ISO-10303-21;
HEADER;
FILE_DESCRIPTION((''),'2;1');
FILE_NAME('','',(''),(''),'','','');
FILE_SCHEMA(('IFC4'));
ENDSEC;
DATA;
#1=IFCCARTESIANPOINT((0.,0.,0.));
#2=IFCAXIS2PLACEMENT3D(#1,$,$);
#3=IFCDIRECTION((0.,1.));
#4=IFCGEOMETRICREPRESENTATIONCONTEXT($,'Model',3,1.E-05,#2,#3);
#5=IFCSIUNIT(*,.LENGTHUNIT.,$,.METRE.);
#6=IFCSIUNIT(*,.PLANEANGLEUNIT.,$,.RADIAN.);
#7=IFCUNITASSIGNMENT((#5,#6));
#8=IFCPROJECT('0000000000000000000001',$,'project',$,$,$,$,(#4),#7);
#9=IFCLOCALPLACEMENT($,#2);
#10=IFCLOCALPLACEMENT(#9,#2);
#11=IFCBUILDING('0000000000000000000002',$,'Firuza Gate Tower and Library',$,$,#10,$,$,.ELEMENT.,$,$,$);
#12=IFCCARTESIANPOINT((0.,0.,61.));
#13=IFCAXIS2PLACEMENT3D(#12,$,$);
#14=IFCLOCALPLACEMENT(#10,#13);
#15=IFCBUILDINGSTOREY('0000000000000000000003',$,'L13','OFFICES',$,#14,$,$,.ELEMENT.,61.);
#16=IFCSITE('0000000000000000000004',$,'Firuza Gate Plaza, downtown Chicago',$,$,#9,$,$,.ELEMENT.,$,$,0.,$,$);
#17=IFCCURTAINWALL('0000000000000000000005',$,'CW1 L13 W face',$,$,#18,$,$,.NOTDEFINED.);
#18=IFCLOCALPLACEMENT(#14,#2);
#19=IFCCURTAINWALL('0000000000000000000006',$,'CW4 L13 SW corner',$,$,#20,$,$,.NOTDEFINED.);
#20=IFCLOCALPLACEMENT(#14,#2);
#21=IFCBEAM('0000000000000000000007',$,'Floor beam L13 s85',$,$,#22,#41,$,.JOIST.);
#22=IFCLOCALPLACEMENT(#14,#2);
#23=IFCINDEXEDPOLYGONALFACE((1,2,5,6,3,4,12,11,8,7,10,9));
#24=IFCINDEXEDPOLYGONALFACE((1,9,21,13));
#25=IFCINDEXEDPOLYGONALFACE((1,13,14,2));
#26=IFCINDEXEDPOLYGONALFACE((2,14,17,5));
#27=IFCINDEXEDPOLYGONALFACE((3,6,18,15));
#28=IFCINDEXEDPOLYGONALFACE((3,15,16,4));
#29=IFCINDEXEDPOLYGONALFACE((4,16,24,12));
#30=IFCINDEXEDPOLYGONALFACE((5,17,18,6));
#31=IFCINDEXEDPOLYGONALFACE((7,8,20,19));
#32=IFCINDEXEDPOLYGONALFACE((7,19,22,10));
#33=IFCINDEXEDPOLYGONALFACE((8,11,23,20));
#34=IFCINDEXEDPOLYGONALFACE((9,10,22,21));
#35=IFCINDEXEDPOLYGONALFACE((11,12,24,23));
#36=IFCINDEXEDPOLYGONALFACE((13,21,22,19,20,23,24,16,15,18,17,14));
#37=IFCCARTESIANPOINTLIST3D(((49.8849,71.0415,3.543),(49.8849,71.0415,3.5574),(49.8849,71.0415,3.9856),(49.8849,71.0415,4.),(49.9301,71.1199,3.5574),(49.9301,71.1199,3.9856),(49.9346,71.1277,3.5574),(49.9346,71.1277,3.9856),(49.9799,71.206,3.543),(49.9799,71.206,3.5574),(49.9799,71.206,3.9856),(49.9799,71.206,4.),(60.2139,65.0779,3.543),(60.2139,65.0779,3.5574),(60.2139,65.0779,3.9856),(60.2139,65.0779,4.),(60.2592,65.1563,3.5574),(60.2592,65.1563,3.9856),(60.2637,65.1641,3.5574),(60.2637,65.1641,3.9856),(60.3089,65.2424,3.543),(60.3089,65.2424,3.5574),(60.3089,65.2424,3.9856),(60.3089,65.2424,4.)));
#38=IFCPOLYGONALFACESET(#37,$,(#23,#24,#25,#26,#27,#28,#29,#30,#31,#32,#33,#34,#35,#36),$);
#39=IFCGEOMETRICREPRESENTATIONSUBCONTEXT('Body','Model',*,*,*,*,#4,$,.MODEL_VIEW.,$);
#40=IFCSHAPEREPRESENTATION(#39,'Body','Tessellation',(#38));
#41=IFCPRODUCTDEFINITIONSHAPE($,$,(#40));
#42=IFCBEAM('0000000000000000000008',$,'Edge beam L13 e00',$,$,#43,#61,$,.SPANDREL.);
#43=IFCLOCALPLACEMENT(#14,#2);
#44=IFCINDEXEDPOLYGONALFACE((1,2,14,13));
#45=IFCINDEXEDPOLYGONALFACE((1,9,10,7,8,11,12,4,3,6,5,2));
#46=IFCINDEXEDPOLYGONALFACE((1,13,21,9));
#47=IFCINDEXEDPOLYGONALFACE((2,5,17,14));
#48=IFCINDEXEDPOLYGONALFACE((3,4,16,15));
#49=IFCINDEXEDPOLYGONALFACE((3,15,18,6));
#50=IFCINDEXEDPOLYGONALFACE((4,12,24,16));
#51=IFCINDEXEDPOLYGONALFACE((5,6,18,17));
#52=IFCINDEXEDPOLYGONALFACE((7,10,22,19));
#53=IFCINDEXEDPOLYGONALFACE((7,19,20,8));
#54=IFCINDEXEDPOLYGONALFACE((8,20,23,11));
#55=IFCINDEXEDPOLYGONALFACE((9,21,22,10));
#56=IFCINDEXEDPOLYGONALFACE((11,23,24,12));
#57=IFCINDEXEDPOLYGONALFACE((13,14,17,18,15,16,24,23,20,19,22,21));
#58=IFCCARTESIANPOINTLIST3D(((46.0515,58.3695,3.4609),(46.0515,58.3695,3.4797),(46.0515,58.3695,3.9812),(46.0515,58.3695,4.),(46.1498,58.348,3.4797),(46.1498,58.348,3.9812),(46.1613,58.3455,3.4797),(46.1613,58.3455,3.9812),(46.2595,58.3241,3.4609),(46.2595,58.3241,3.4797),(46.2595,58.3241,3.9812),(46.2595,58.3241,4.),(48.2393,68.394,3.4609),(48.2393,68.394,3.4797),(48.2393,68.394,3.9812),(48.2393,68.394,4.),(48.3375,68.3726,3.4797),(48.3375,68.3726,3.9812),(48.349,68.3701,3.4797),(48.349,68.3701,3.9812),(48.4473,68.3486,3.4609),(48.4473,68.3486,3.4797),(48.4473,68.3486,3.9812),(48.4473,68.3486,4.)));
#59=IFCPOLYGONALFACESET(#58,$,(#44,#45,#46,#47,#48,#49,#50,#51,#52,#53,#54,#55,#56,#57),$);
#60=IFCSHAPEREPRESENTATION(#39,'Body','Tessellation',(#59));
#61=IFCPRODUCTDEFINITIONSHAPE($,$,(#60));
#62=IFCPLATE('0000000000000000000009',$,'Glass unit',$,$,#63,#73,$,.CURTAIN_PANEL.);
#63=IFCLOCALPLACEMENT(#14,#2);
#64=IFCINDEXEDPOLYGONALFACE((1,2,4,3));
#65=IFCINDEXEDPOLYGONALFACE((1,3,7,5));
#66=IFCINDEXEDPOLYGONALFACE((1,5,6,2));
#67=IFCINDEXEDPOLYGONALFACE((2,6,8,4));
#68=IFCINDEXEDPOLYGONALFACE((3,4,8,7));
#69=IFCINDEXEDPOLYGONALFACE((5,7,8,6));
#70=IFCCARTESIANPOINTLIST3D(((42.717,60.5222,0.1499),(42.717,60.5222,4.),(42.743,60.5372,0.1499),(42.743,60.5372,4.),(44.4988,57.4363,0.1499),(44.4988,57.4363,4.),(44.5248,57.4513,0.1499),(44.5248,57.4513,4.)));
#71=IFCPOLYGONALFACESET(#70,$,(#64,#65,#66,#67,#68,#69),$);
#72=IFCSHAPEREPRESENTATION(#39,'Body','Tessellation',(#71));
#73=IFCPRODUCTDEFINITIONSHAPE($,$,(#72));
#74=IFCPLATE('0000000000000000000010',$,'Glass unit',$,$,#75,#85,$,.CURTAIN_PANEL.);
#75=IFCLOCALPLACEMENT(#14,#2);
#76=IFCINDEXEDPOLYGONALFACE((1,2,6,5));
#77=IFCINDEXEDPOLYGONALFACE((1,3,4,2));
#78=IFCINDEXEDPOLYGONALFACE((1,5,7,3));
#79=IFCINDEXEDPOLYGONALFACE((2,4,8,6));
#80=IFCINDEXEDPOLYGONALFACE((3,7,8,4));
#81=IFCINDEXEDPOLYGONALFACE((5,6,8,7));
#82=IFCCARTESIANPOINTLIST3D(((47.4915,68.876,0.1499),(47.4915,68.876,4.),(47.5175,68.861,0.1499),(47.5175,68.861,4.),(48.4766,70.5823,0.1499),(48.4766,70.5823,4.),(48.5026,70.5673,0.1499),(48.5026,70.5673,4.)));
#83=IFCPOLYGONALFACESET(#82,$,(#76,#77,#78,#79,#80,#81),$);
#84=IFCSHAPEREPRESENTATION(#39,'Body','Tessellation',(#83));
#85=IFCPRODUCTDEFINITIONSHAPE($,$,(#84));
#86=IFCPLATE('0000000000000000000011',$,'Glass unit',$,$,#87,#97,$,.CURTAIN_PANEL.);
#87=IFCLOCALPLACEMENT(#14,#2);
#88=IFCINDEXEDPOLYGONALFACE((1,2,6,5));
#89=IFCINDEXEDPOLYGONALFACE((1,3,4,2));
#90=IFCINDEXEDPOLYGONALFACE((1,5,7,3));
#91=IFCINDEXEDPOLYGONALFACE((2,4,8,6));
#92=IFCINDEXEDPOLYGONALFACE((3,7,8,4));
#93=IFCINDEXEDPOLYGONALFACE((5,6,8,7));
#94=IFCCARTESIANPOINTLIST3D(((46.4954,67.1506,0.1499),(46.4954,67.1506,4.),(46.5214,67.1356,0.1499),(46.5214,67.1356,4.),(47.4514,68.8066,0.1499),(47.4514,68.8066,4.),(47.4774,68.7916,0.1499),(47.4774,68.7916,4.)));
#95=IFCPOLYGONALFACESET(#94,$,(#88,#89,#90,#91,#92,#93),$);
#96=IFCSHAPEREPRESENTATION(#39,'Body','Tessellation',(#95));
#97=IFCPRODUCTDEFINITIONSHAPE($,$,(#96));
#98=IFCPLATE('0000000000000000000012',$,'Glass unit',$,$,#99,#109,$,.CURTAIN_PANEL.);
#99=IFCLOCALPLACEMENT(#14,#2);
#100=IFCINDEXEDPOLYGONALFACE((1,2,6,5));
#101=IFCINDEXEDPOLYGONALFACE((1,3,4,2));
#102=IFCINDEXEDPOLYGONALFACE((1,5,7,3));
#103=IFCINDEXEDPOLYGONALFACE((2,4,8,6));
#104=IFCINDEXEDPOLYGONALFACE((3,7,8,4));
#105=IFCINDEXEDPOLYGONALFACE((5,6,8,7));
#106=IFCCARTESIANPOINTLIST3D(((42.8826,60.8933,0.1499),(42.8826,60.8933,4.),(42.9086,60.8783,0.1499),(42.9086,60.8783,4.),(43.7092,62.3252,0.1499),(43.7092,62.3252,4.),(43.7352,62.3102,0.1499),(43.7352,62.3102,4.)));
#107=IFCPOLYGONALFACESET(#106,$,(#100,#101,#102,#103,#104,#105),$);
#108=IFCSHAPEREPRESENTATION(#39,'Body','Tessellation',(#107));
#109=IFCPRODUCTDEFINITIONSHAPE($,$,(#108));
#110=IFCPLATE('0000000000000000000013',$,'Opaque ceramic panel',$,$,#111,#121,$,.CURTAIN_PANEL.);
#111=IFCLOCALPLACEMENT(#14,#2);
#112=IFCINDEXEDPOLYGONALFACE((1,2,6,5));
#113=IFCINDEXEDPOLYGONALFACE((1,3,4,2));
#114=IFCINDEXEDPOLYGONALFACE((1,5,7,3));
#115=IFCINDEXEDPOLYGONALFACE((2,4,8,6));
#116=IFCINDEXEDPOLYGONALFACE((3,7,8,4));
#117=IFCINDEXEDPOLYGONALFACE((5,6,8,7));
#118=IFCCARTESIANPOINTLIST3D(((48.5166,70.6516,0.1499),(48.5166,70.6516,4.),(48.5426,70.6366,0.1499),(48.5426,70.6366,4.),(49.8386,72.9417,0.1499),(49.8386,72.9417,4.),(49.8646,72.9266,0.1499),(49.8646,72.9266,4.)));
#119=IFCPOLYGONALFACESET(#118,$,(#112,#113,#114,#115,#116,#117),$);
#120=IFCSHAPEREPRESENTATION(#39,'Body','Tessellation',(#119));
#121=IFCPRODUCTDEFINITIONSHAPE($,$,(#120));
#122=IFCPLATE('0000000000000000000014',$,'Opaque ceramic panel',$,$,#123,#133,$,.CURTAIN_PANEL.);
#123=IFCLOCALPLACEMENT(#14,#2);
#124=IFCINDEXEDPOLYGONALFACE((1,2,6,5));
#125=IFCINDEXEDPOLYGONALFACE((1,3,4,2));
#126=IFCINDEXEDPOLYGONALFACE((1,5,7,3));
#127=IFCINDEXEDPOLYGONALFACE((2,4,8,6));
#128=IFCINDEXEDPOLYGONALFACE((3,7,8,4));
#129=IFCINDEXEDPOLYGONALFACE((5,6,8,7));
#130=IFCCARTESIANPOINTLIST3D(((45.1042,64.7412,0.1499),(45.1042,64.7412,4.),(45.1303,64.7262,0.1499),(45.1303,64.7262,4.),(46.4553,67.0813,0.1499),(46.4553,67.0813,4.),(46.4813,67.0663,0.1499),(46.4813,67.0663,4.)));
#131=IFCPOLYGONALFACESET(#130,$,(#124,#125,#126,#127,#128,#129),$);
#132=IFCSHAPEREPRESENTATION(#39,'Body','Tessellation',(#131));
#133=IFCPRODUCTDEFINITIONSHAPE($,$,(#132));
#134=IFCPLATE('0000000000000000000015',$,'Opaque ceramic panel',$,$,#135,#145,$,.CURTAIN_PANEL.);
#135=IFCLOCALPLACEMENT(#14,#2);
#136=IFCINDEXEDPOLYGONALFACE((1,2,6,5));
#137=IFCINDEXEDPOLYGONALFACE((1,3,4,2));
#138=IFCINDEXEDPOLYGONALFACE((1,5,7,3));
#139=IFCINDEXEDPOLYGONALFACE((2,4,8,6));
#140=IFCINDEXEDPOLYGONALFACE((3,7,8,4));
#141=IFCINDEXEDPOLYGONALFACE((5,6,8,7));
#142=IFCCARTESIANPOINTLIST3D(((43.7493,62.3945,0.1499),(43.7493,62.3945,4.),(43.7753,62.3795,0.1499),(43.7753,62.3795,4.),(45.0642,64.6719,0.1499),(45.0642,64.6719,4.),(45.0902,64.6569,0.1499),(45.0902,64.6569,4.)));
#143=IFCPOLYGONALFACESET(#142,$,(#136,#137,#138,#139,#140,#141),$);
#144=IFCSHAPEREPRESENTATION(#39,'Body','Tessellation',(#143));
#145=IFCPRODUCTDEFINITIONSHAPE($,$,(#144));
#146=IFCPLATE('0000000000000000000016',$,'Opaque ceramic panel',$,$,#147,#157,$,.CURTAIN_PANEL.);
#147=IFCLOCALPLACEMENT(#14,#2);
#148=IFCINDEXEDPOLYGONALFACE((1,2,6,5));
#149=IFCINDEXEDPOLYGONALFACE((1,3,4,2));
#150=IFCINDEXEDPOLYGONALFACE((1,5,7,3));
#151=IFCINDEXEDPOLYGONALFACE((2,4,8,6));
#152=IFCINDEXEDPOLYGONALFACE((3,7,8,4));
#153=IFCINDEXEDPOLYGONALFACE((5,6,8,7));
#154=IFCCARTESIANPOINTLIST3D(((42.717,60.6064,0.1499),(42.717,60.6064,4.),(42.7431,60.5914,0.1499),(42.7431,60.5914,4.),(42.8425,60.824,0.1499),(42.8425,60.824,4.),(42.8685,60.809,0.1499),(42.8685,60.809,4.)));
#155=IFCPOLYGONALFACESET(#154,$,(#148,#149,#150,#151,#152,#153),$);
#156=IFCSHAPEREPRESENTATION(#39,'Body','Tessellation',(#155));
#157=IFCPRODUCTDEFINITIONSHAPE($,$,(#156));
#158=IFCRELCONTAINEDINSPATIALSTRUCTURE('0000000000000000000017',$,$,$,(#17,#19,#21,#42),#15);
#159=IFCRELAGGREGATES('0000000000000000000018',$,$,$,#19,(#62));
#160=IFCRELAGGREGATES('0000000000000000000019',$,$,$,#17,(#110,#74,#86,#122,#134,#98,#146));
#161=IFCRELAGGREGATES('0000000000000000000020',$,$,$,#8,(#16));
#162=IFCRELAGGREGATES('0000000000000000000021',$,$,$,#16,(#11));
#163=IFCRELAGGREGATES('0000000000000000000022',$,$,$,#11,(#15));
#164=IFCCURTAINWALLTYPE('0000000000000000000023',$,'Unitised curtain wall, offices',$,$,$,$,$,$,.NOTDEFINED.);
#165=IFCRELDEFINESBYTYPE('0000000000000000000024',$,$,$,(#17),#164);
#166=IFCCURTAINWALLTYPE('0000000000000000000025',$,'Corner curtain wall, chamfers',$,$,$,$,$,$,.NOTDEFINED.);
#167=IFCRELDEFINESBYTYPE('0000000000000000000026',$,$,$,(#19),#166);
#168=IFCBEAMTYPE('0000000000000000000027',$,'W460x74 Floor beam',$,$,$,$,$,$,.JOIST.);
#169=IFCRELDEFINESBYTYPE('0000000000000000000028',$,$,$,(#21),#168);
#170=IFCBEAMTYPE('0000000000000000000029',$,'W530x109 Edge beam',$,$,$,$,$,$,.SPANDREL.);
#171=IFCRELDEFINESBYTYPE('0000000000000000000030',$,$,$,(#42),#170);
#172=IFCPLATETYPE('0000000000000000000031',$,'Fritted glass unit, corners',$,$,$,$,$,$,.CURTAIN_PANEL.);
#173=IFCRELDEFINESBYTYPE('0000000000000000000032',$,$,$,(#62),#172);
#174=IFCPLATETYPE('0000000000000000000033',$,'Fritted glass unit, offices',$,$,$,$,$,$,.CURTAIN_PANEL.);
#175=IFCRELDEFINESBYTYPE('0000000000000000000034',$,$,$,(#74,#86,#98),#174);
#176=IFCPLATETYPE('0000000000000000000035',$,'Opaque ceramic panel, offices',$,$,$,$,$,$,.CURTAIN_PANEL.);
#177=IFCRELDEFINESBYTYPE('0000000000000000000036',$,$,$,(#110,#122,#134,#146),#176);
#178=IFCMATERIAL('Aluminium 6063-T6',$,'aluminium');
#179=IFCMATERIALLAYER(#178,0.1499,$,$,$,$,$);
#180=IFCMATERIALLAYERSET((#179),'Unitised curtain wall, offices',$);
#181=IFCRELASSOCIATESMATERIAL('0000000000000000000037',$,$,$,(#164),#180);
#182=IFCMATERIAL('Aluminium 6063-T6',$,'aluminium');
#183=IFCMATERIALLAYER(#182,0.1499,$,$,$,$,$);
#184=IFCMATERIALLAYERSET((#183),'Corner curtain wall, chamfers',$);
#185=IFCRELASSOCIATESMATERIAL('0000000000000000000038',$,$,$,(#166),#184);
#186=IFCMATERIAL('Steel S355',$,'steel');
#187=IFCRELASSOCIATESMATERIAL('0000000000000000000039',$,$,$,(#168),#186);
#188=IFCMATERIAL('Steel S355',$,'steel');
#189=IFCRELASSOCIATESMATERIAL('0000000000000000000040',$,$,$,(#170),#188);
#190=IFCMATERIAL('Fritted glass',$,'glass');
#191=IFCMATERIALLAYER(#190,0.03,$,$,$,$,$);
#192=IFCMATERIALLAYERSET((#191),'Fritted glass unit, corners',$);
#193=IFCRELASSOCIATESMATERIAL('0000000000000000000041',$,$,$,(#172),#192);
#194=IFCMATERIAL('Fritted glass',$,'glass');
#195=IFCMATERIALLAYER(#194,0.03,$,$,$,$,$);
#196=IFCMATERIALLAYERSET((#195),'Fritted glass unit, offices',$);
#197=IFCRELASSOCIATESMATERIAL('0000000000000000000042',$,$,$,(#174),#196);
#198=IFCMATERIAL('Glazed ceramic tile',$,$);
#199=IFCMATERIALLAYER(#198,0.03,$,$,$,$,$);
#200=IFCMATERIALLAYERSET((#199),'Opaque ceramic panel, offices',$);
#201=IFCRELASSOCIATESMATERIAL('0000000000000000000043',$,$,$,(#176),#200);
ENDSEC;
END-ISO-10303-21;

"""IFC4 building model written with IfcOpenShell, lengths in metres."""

from ifc_helpers import new_model, si_unit, direction, frame, origin, origin_2d, place, context, subcontext, project, spatial, polyline, i_section, outline, extrude, material, layer, layer_set, material_profile, profile_set, type_object, element, aggregate, save


model = new_model("IFC4")

# Units and contexts
model_context = context("Model", 3, precision=1e-05, world=origin(), true_north=direction((0.0, 1.0)))
body_context = subcontext(model_context, "Body", "Model", "MODEL_VIEW")
ifc_project = project(units=[si_unit("LENGTHUNIT", "METRE"), si_unit("PLANEANGLEUNIT", "RADIAN")], contexts=[model_context])

# Site, building, storey
site_placement = place(None, origin())
site = spatial("IfcSite", under=ifc_project, at=site_placement, Name="Firuza Gate Plaza, downtown Chicago", CompositionType="ELEMENT", RefElevation=0.0)
building_placement = place(site_placement, origin())
building = spatial("IfcBuilding", under=site, at=building_placement, Name="Firuza Gate Tower and Library", CompositionType="ELEMENT")
storey_placement = place(building_placement, frame((0.0, 0.0, 61.0)))
storey = spatial("IfcBuildingStorey", under=building, at=storey_placement, Name="L13", Description="OFFICES", CompositionType="ELEMENT", Elevation=61.0)

# Curtain walls
ifc_material_1 = material(Name="Aluminium 6063-T6", Category="aluminium")
ifc_layer_1 = layer(ifc_material_1, 0.1499)
ifc_layer_set_1 = layer_set([ifc_layer_1], Name="Unitised curtain wall, offices")
curtain_wall_type_1 = type_object("IfcCurtainWallType", Name="Unitised curtain wall, offices", PredefinedType="NOTDEFINED", material=ifc_layer_set_1)
placement = place(storey_placement, origin())
curtain_wall_1 = element("IfcCurtainWall", 1, at=placement, inside=storey, type_object=curtain_wall_type_1, Name="CW1 L13 W face", PredefinedType="NOTDEFINED")
ifc_material_2 = material(Name="Aluminium 6063-T6", Category="aluminium")
ifc_layer_2 = layer(ifc_material_2, 0.1499)
ifc_layer_set_2 = layer_set([ifc_layer_2], Name="Corner curtain wall, chamfers")
curtain_wall_type_2 = type_object("IfcCurtainWallType", Name="Corner curtain wall, chamfers", PredefinedType="NOTDEFINED", material=ifc_layer_set_2)
curtain_wall_2 = element("IfcCurtainWall", 2, at=placement, inside=storey, type_object=curtain_wall_type_2, Name="CW4 L13 SW corner", PredefinedType="NOTDEFINED")

# Beams
ifc_material_3 = material(Name="Steel S355", Category="steel")
ifc_material_profile_1 = material_profile(ifc_material_3, i_section(OverallWidth=0.1899, OverallDepth=0.457, WebThickness=0.009, FlangeThickness=0.0144, at=origin_2d()))
ifc_profile_set_1 = profile_set([ifc_material_profile_1], Name="Steel S355")
beam_type_1 = type_object("IfcBeamType", Name="W460x74 Floor beam", PredefinedType="JOIST", material=ifc_profile_set_1)
beam_1_placement = place(storey_placement, frame((49.9324, 71.1238, 3.7715), z_axis=(0.866021, -0.500007, 0.0), x_axis=(0.500007, 0.866021, 0.0)))
element("IfcBeam", 3, at=beam_1_placement, inside=storey, type_object=beam_type_1, Name="Floor beam L13 s85", PredefinedType="JOIST", context=body_context, shape_type="SweptSolid", body=[
    extrude(i_section(OverallWidth=0.1899, OverallDepth=0.457, WebThickness=0.009, FlangeThickness=0.0144, at=origin_2d()), origin(), (0.0, 0.0, 1.0), 11.927),
])
ifc_material_4 = material(Name="Steel S355", Category="steel")
ifc_material_profile_2 = material_profile(ifc_material_4, i_section(OverallWidth=0.2129, OverallDepth=0.5391, WebThickness=0.0117, FlangeThickness=0.0188, at=origin_2d()))
ifc_profile_set_2 = profile_set([ifc_material_profile_2], Name="Steel S355")
beam_type_2 = type_object("IfcBeamType", Name="W530x109 Edge beam", PredefinedType="SPANDREL", material=ifc_profile_set_2)
beam_2_placement = place(storey_placement, frame((48.3433, 68.3713, 3.7305), z_axis=(-0.213218, -0.977005, 0.0), x_axis=(0.977005, -0.213218, 0.0)))
element("IfcBeam", 4, at=beam_2_placement, inside=storey, type_object=beam_type_2, Name="Edge beam L13 e00", PredefinedType="SPANDREL", context=body_context, shape_type="SweptSolid", body=[
    extrude(i_section(OverallWidth=0.2129, OverallDepth=0.5391, WebThickness=0.0117, FlangeThickness=0.0188, at=origin_2d()), origin(), (0.0, 0.0, 1.0), 10.2605),
])

# Plates
ifc_material_5 = material(Name="Fritted glass", Category="glass")
ifc_layer_3 = layer(ifc_material_5, 0.03)
ifc_layer_set_3 = layer_set([ifc_layer_3], Name="Fritted glass unit, corners")
plate_type_1 = type_object("IfcPlateType", Name="Fritted glass unit, corners", PredefinedType="CURTAIN_PANEL", material=ifc_layer_set_3)
plate_1_placement = place(storey_placement, frame((42.717, 60.5222, 0.1499), z_axis=(-0.866017, -0.500015, 0.0), x_axis=(0.500015, -0.866017, 0.0)))
plate_1 = element("IfcPlate", 5, at=plate_1_placement, type_object=plate_type_1, Name="Glass unit", PredefinedType="CURTAIN_PANEL", context=body_context, shape_type="SweptSolid", body=[
    extrude(outline(polyline([(0.0, 0.0), (3.5634, 0.0), (3.5634, 3.8501), (0.0, 3.8501), (0.0, 0.0)])), origin(), (0.0, 0.0, -1.0), 0.03),
])
aggregate(curtain_wall_2, [plate_1])
ifc_material_6 = material(Name="Fritted glass", Category="glass")
ifc_layer_4 = layer(ifc_material_6, 0.03)
ifc_layer_set_4 = layer_set([ifc_layer_4], Name="Fritted glass unit, offices")
plate_type_2 = type_object("IfcPlateType", Name="Fritted glass unit, offices", PredefinedType="CURTAIN_PANEL", material=ifc_layer_set_4)
plate_2_placement = place(storey_placement, frame((48.4766, 70.5823, 0.1499), z_axis=(-0.866031, 0.499991, 0.0), x_axis=(-0.499991, -0.866031, 0.0)))
plate_2 = element("IfcPlate", 6, at=plate_2_placement, type_object=plate_type_2, Name="Glass unit", PredefinedType="CURTAIN_PANEL", context=body_context, shape_type="SweptSolid", body=[
    extrude(outline(polyline([(0.0, 0.0), (1.9703, 0.0), (1.9703, 3.8501), (0.0, 3.8501), (0.0, 0.0)])), origin(), (0.0, 0.0, -1.0), 0.03),
])
plate_3_placement = place(storey_placement, frame((47.4514, 68.8066, 0.1499), z_axis=(-0.866035, 0.499984, 0.0), x_axis=(-0.499984, -0.866035, 0.0)))
plate_3 = element("IfcPlate", 7, at=plate_3_placement, type_object=plate_type_2, Name="Glass unit", PredefinedType="CURTAIN_PANEL", context=body_context, shape_type="SweptSolid", body=[
    extrude(outline(polyline([(0.0, 0.0), (1.9122, 0.0), (1.9122, 3.8501), (0.0, 3.8501), (0.0, 0.0)])), origin(), (0.0, 0.0, -1.0), 0.03),
])
plate_4_placement = place(storey_placement, frame((43.7092, 62.3252, 0.1499), z_axis=(-0.866036, 0.499982, 0.0), x_axis=(-0.499982, -0.866036, 0.0)))
plate_4 = element("IfcPlate", 8, at=plate_4_placement, type_object=plate_type_2, Name="Glass unit", PredefinedType="CURTAIN_PANEL", context=body_context, shape_type="SweptSolid", body=[
    extrude(outline(polyline([(0.0, 0.0), (1.6534, 0.0), (1.6534, 3.8501), (0.0, 3.8501), (0.0, 0.0)])), origin(), (0.0, 0.0, -1.0), 0.03),
])
ifc_material_7 = material(Name="Glazed ceramic tile")
ifc_layer_5 = layer(ifc_material_7, 0.03)
ifc_layer_set_5 = layer_set([ifc_layer_5], Name="Opaque ceramic panel, offices")
plate_type_3 = type_object("IfcPlateType", Name="Opaque ceramic panel, offices", PredefinedType="CURTAIN_PANEL", material=ifc_layer_set_5)
plate_5_placement = place(storey_placement, frame((49.8386, 72.9417, 0.1499), z_axis=(-0.866047, 0.499962, 0.0), x_axis=(-0.499962, -0.866047, 0.0)))
plate_5 = element("IfcPlate", 9, at=plate_5_placement, type_object=plate_type_3, Name="Opaque ceramic panel", PredefinedType="CURTAIN_PANEL", context=body_context, shape_type="SweptSolid", body=[
    extrude(outline(polyline([(0.0, 0.0), (2.6442, 0.0), (2.6442, 3.8501), (0.0, 3.8501), (0.0, 0.0)])), origin(), (0.0, 0.0, -1.0), 0.03),
])
plate_6_placement = place(storey_placement, frame((46.4553, 67.0813, 0.1499), z_axis=(-0.866022, 0.500007, 0.0), x_axis=(-0.500007, -0.866022, 0.0)))
plate_6 = element("IfcPlate", 10, at=plate_6_placement, type_object=plate_type_3, Name="Opaque ceramic panel", PredefinedType="CURTAIN_PANEL", context=body_context, shape_type="SweptSolid", body=[
    extrude(outline(polyline([(0.0, 0.0), (2.7021, 0.0), (2.7021, 3.8501), (0.0, 3.8501), (0.0, 0.0)])), origin(), (0.0, 0.0, -1.0), 0.03),
])
plate_7_placement = place(storey_placement, frame((45.0642, 64.6719, 0.1499), z_axis=(-0.866006, 0.500033, 0.0), x_axis=(-0.500033, -0.866006, 0.0)))
plate_7 = element("IfcPlate", 11, at=plate_7_placement, type_object=plate_type_3, Name="Opaque ceramic panel", PredefinedType="CURTAIN_PANEL", context=body_context, shape_type="SweptSolid", body=[
    extrude(outline(polyline([(0.0, 0.0), (2.6297, 0.0), (2.6297, 3.8501), (0.0, 3.8501), (0.0, 0.0)])), origin(), (0.0, 0.0, -1.0), 0.03),
])
plate_8_placement = place(storey_placement, frame((42.8425, 60.824, 0.1499), z_axis=(-0.866202, 0.499694, 0.0), x_axis=(-0.499694, -0.866202, 0.0)))
plate_8 = element("IfcPlate", 12, at=plate_8_placement, type_object=plate_type_3, Name="Opaque ceramic panel", PredefinedType="CURTAIN_PANEL", context=body_context, shape_type="SweptSolid", body=[
    extrude(outline(polyline([(0.0, 0.0), (0.2511, 0.0), (0.2511, 3.8501), (0.0, 3.8501), (0.0, 0.0)])), origin(), (0.0, 0.0, -1.0), 0.03),
])
aggregate(curtain_wall_1, [plate_5, plate_2, plate_3, plate_6, plate_7, plate_4, plate_8])

save(model, "model.ifc")
